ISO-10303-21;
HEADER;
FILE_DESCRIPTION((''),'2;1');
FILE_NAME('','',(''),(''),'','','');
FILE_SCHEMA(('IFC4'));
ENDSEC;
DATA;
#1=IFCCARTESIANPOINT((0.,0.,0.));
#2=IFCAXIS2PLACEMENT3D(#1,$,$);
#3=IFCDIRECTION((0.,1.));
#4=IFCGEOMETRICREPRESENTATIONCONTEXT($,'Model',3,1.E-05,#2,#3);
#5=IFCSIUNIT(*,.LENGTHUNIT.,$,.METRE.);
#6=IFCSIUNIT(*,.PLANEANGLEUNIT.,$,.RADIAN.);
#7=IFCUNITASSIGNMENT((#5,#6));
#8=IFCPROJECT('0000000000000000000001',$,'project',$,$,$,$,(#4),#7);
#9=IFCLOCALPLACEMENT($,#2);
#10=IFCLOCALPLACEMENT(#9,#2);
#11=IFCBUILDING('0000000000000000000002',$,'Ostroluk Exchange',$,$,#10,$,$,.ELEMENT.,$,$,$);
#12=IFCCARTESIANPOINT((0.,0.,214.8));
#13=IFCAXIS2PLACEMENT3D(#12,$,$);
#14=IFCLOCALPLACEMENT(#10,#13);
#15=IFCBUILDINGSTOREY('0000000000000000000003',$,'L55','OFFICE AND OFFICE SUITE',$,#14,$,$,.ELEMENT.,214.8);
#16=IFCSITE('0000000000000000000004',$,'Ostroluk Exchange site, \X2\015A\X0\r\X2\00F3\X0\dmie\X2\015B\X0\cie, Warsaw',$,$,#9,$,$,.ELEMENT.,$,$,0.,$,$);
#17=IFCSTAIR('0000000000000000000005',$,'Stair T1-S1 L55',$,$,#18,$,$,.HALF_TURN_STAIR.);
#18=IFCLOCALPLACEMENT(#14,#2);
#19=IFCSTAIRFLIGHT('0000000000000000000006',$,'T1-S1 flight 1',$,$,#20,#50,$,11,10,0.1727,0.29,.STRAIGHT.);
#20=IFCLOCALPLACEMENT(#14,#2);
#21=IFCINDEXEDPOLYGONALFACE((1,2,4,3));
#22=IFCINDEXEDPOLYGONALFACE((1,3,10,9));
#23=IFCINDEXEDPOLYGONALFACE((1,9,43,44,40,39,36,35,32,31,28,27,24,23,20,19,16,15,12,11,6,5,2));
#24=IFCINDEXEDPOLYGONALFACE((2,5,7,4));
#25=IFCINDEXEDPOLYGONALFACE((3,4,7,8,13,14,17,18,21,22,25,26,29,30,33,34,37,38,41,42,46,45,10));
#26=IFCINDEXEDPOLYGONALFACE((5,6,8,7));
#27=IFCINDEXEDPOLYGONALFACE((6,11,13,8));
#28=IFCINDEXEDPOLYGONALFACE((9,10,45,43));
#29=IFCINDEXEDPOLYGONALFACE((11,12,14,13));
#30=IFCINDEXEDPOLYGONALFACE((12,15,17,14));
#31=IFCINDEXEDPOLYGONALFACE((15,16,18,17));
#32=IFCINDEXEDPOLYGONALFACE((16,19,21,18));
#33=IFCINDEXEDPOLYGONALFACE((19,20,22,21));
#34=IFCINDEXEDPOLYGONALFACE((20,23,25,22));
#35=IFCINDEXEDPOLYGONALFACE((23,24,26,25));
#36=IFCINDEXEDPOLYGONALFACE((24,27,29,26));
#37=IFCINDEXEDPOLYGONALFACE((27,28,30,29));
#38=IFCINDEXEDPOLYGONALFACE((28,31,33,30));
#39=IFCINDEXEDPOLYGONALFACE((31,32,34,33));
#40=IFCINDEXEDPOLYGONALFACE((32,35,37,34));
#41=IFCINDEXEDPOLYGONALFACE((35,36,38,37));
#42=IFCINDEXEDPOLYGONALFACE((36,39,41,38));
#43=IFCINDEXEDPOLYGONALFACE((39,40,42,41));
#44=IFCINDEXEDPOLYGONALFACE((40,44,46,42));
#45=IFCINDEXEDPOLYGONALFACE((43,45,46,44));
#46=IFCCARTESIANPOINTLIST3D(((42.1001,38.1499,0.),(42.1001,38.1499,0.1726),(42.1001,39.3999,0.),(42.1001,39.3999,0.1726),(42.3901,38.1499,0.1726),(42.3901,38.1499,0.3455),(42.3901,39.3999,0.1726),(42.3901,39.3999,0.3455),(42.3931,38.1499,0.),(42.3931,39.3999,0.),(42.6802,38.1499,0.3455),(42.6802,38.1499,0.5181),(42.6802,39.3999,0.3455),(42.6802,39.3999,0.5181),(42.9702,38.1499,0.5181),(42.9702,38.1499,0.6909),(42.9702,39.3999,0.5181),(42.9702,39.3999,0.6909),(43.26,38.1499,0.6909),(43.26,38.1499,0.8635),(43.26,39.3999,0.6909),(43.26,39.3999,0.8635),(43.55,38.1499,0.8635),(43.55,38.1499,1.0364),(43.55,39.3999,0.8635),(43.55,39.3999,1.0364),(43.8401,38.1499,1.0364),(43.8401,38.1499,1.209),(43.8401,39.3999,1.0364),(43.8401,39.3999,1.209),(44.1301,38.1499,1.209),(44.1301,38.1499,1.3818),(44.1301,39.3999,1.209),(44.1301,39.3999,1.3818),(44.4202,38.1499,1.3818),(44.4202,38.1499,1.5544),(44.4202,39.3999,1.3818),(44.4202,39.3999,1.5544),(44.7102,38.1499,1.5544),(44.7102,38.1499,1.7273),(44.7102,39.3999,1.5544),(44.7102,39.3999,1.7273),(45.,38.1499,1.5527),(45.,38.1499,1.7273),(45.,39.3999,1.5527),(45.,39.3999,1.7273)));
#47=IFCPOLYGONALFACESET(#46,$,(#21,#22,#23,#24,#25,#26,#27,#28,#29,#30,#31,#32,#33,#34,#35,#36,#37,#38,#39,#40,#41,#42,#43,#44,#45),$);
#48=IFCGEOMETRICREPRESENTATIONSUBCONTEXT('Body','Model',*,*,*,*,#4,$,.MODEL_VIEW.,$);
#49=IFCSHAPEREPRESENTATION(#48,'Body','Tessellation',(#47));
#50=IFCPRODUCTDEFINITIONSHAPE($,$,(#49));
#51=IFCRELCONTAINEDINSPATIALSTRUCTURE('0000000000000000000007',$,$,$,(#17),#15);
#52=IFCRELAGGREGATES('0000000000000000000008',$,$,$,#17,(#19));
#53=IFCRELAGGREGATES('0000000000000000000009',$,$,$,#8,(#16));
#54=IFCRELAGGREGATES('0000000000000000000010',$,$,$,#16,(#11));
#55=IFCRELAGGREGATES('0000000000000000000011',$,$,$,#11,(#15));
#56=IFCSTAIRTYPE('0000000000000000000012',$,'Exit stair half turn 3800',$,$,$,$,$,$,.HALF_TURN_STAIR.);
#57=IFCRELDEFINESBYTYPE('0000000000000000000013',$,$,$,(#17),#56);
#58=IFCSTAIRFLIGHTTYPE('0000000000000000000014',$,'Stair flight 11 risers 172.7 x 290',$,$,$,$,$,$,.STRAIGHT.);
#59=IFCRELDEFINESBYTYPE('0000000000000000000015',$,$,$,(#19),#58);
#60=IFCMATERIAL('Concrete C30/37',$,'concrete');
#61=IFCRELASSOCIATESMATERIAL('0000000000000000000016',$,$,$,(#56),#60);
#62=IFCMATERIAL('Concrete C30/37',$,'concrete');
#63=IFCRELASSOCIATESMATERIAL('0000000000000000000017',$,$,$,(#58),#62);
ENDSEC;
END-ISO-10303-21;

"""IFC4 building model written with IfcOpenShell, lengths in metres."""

from ifc_helpers import new_model, si_unit, direction, frame, origin, place, context, subcontext, project, spatial, polyline, outline, extrude, material, type_object, element, aggregate, save


model = new_model("IFC4")

# Units and contexts
model_context = context("Model", 3, precision=1e-05, world=origin(), true_north=direction((0.0, 1.0)))
body_context = subcontext(model_context, "Body", "Model", "MODEL_VIEW")
ifc_project = project(units=[si_unit("LENGTHUNIT", "METRE"), si_unit("PLANEANGLEUNIT", "RADIAN")], contexts=[model_context])

# Site, building, storey
site_placement = place(None, origin())
site = spatial("IfcSite", under=ifc_project, at=site_placement, Name="Ostroluk Exchange site, Śródmieście, Warsaw", CompositionType="ELEMENT", RefElevation=0.0)
building_placement = place(site_placement, origin())
building = spatial("IfcBuilding", under=site, at=building_placement, Name="Ostroluk Exchange", CompositionType="ELEMENT")
storey_placement = place(building_placement, frame((0.0, 0.0, 214.8)))
storey = spatial("IfcBuildingStorey", under=building, at=storey_placement, Name="L55", Description="OFFICE AND OFFICE SUITE", CompositionType="ELEMENT", Elevation=214.8)

# Stair, stair flight
ifc_material_1 = material(Name="Concrete C30/37", Category="concrete")
stair_type = type_object("IfcStairType", Name="Exit stair half turn 3800", PredefinedType="HALF_TURN_STAIR", material=ifc_material_1)
stair_placement = place(storey_placement, origin())
stair = element("IfcStair", 1, at=stair_placement, inside=storey, type_object=stair_type, Name="Stair T1-S1 L55", PredefinedType="HALF_TURN_STAIR")
ifc_material_2 = material(Name="Concrete C30/37", Category="concrete")
stair_flight_type = type_object("IfcStairFlightType", Name="Stair flight 11 risers 172.7 x 290", PredefinedType="STRAIGHT", material=ifc_material_2)
stair_flight_placement = place(storey_placement, frame((42.1001, 38.7749, 0.0), z_axis=(0.0, 0.0, 1.0), x_axis=(1.0, 0.0, 0.0)))
stair_flight = element("IfcStairFlight", 2, at=stair_flight_placement, type_object=stair_flight_type, Name="T1-S1 flight 1", NumberOfRisers=11, NumberOfTreads=10, PredefinedType="STRAIGHT", RiserHeight=0.1727, TreadLength=0.29, context=body_context, shape_type="SweptSolid", body=[
    extrude(outline(polyline([(0.0, 0.0), (0.0, 0.1726), (0.29, 0.1726), (0.29, 0.3455), (0.5801, 0.3455), (0.5801, 0.5181), (0.8701, 0.5181), (0.8701, 0.6909), (1.1599, 0.6909), (1.1599, 0.8635), (1.45, 0.8635), (1.45, 1.0364), (1.74, 1.0364), (1.74, 1.209), (2.03, 1.209), (2.03, 1.3818), (2.3201, 1.3818), (2.3201, 1.5544), (2.6101, 1.5544), (2.6101, 1.7273), (2.8999, 1.7273), (2.8999, 1.8999), (2.8999, 1.5527), (0.293, 0.0), (0.0, 0.0)])), frame((0.0, 0.625, 0.0), z_axis=(0.0, -1.0, 0.0), x_axis=(1.0, 0.0, 0.0)), (0.0, 0.0, 1.0), 1.25),
])
aggregate(stair, [stair_flight])

save(model, "model.ifc")
